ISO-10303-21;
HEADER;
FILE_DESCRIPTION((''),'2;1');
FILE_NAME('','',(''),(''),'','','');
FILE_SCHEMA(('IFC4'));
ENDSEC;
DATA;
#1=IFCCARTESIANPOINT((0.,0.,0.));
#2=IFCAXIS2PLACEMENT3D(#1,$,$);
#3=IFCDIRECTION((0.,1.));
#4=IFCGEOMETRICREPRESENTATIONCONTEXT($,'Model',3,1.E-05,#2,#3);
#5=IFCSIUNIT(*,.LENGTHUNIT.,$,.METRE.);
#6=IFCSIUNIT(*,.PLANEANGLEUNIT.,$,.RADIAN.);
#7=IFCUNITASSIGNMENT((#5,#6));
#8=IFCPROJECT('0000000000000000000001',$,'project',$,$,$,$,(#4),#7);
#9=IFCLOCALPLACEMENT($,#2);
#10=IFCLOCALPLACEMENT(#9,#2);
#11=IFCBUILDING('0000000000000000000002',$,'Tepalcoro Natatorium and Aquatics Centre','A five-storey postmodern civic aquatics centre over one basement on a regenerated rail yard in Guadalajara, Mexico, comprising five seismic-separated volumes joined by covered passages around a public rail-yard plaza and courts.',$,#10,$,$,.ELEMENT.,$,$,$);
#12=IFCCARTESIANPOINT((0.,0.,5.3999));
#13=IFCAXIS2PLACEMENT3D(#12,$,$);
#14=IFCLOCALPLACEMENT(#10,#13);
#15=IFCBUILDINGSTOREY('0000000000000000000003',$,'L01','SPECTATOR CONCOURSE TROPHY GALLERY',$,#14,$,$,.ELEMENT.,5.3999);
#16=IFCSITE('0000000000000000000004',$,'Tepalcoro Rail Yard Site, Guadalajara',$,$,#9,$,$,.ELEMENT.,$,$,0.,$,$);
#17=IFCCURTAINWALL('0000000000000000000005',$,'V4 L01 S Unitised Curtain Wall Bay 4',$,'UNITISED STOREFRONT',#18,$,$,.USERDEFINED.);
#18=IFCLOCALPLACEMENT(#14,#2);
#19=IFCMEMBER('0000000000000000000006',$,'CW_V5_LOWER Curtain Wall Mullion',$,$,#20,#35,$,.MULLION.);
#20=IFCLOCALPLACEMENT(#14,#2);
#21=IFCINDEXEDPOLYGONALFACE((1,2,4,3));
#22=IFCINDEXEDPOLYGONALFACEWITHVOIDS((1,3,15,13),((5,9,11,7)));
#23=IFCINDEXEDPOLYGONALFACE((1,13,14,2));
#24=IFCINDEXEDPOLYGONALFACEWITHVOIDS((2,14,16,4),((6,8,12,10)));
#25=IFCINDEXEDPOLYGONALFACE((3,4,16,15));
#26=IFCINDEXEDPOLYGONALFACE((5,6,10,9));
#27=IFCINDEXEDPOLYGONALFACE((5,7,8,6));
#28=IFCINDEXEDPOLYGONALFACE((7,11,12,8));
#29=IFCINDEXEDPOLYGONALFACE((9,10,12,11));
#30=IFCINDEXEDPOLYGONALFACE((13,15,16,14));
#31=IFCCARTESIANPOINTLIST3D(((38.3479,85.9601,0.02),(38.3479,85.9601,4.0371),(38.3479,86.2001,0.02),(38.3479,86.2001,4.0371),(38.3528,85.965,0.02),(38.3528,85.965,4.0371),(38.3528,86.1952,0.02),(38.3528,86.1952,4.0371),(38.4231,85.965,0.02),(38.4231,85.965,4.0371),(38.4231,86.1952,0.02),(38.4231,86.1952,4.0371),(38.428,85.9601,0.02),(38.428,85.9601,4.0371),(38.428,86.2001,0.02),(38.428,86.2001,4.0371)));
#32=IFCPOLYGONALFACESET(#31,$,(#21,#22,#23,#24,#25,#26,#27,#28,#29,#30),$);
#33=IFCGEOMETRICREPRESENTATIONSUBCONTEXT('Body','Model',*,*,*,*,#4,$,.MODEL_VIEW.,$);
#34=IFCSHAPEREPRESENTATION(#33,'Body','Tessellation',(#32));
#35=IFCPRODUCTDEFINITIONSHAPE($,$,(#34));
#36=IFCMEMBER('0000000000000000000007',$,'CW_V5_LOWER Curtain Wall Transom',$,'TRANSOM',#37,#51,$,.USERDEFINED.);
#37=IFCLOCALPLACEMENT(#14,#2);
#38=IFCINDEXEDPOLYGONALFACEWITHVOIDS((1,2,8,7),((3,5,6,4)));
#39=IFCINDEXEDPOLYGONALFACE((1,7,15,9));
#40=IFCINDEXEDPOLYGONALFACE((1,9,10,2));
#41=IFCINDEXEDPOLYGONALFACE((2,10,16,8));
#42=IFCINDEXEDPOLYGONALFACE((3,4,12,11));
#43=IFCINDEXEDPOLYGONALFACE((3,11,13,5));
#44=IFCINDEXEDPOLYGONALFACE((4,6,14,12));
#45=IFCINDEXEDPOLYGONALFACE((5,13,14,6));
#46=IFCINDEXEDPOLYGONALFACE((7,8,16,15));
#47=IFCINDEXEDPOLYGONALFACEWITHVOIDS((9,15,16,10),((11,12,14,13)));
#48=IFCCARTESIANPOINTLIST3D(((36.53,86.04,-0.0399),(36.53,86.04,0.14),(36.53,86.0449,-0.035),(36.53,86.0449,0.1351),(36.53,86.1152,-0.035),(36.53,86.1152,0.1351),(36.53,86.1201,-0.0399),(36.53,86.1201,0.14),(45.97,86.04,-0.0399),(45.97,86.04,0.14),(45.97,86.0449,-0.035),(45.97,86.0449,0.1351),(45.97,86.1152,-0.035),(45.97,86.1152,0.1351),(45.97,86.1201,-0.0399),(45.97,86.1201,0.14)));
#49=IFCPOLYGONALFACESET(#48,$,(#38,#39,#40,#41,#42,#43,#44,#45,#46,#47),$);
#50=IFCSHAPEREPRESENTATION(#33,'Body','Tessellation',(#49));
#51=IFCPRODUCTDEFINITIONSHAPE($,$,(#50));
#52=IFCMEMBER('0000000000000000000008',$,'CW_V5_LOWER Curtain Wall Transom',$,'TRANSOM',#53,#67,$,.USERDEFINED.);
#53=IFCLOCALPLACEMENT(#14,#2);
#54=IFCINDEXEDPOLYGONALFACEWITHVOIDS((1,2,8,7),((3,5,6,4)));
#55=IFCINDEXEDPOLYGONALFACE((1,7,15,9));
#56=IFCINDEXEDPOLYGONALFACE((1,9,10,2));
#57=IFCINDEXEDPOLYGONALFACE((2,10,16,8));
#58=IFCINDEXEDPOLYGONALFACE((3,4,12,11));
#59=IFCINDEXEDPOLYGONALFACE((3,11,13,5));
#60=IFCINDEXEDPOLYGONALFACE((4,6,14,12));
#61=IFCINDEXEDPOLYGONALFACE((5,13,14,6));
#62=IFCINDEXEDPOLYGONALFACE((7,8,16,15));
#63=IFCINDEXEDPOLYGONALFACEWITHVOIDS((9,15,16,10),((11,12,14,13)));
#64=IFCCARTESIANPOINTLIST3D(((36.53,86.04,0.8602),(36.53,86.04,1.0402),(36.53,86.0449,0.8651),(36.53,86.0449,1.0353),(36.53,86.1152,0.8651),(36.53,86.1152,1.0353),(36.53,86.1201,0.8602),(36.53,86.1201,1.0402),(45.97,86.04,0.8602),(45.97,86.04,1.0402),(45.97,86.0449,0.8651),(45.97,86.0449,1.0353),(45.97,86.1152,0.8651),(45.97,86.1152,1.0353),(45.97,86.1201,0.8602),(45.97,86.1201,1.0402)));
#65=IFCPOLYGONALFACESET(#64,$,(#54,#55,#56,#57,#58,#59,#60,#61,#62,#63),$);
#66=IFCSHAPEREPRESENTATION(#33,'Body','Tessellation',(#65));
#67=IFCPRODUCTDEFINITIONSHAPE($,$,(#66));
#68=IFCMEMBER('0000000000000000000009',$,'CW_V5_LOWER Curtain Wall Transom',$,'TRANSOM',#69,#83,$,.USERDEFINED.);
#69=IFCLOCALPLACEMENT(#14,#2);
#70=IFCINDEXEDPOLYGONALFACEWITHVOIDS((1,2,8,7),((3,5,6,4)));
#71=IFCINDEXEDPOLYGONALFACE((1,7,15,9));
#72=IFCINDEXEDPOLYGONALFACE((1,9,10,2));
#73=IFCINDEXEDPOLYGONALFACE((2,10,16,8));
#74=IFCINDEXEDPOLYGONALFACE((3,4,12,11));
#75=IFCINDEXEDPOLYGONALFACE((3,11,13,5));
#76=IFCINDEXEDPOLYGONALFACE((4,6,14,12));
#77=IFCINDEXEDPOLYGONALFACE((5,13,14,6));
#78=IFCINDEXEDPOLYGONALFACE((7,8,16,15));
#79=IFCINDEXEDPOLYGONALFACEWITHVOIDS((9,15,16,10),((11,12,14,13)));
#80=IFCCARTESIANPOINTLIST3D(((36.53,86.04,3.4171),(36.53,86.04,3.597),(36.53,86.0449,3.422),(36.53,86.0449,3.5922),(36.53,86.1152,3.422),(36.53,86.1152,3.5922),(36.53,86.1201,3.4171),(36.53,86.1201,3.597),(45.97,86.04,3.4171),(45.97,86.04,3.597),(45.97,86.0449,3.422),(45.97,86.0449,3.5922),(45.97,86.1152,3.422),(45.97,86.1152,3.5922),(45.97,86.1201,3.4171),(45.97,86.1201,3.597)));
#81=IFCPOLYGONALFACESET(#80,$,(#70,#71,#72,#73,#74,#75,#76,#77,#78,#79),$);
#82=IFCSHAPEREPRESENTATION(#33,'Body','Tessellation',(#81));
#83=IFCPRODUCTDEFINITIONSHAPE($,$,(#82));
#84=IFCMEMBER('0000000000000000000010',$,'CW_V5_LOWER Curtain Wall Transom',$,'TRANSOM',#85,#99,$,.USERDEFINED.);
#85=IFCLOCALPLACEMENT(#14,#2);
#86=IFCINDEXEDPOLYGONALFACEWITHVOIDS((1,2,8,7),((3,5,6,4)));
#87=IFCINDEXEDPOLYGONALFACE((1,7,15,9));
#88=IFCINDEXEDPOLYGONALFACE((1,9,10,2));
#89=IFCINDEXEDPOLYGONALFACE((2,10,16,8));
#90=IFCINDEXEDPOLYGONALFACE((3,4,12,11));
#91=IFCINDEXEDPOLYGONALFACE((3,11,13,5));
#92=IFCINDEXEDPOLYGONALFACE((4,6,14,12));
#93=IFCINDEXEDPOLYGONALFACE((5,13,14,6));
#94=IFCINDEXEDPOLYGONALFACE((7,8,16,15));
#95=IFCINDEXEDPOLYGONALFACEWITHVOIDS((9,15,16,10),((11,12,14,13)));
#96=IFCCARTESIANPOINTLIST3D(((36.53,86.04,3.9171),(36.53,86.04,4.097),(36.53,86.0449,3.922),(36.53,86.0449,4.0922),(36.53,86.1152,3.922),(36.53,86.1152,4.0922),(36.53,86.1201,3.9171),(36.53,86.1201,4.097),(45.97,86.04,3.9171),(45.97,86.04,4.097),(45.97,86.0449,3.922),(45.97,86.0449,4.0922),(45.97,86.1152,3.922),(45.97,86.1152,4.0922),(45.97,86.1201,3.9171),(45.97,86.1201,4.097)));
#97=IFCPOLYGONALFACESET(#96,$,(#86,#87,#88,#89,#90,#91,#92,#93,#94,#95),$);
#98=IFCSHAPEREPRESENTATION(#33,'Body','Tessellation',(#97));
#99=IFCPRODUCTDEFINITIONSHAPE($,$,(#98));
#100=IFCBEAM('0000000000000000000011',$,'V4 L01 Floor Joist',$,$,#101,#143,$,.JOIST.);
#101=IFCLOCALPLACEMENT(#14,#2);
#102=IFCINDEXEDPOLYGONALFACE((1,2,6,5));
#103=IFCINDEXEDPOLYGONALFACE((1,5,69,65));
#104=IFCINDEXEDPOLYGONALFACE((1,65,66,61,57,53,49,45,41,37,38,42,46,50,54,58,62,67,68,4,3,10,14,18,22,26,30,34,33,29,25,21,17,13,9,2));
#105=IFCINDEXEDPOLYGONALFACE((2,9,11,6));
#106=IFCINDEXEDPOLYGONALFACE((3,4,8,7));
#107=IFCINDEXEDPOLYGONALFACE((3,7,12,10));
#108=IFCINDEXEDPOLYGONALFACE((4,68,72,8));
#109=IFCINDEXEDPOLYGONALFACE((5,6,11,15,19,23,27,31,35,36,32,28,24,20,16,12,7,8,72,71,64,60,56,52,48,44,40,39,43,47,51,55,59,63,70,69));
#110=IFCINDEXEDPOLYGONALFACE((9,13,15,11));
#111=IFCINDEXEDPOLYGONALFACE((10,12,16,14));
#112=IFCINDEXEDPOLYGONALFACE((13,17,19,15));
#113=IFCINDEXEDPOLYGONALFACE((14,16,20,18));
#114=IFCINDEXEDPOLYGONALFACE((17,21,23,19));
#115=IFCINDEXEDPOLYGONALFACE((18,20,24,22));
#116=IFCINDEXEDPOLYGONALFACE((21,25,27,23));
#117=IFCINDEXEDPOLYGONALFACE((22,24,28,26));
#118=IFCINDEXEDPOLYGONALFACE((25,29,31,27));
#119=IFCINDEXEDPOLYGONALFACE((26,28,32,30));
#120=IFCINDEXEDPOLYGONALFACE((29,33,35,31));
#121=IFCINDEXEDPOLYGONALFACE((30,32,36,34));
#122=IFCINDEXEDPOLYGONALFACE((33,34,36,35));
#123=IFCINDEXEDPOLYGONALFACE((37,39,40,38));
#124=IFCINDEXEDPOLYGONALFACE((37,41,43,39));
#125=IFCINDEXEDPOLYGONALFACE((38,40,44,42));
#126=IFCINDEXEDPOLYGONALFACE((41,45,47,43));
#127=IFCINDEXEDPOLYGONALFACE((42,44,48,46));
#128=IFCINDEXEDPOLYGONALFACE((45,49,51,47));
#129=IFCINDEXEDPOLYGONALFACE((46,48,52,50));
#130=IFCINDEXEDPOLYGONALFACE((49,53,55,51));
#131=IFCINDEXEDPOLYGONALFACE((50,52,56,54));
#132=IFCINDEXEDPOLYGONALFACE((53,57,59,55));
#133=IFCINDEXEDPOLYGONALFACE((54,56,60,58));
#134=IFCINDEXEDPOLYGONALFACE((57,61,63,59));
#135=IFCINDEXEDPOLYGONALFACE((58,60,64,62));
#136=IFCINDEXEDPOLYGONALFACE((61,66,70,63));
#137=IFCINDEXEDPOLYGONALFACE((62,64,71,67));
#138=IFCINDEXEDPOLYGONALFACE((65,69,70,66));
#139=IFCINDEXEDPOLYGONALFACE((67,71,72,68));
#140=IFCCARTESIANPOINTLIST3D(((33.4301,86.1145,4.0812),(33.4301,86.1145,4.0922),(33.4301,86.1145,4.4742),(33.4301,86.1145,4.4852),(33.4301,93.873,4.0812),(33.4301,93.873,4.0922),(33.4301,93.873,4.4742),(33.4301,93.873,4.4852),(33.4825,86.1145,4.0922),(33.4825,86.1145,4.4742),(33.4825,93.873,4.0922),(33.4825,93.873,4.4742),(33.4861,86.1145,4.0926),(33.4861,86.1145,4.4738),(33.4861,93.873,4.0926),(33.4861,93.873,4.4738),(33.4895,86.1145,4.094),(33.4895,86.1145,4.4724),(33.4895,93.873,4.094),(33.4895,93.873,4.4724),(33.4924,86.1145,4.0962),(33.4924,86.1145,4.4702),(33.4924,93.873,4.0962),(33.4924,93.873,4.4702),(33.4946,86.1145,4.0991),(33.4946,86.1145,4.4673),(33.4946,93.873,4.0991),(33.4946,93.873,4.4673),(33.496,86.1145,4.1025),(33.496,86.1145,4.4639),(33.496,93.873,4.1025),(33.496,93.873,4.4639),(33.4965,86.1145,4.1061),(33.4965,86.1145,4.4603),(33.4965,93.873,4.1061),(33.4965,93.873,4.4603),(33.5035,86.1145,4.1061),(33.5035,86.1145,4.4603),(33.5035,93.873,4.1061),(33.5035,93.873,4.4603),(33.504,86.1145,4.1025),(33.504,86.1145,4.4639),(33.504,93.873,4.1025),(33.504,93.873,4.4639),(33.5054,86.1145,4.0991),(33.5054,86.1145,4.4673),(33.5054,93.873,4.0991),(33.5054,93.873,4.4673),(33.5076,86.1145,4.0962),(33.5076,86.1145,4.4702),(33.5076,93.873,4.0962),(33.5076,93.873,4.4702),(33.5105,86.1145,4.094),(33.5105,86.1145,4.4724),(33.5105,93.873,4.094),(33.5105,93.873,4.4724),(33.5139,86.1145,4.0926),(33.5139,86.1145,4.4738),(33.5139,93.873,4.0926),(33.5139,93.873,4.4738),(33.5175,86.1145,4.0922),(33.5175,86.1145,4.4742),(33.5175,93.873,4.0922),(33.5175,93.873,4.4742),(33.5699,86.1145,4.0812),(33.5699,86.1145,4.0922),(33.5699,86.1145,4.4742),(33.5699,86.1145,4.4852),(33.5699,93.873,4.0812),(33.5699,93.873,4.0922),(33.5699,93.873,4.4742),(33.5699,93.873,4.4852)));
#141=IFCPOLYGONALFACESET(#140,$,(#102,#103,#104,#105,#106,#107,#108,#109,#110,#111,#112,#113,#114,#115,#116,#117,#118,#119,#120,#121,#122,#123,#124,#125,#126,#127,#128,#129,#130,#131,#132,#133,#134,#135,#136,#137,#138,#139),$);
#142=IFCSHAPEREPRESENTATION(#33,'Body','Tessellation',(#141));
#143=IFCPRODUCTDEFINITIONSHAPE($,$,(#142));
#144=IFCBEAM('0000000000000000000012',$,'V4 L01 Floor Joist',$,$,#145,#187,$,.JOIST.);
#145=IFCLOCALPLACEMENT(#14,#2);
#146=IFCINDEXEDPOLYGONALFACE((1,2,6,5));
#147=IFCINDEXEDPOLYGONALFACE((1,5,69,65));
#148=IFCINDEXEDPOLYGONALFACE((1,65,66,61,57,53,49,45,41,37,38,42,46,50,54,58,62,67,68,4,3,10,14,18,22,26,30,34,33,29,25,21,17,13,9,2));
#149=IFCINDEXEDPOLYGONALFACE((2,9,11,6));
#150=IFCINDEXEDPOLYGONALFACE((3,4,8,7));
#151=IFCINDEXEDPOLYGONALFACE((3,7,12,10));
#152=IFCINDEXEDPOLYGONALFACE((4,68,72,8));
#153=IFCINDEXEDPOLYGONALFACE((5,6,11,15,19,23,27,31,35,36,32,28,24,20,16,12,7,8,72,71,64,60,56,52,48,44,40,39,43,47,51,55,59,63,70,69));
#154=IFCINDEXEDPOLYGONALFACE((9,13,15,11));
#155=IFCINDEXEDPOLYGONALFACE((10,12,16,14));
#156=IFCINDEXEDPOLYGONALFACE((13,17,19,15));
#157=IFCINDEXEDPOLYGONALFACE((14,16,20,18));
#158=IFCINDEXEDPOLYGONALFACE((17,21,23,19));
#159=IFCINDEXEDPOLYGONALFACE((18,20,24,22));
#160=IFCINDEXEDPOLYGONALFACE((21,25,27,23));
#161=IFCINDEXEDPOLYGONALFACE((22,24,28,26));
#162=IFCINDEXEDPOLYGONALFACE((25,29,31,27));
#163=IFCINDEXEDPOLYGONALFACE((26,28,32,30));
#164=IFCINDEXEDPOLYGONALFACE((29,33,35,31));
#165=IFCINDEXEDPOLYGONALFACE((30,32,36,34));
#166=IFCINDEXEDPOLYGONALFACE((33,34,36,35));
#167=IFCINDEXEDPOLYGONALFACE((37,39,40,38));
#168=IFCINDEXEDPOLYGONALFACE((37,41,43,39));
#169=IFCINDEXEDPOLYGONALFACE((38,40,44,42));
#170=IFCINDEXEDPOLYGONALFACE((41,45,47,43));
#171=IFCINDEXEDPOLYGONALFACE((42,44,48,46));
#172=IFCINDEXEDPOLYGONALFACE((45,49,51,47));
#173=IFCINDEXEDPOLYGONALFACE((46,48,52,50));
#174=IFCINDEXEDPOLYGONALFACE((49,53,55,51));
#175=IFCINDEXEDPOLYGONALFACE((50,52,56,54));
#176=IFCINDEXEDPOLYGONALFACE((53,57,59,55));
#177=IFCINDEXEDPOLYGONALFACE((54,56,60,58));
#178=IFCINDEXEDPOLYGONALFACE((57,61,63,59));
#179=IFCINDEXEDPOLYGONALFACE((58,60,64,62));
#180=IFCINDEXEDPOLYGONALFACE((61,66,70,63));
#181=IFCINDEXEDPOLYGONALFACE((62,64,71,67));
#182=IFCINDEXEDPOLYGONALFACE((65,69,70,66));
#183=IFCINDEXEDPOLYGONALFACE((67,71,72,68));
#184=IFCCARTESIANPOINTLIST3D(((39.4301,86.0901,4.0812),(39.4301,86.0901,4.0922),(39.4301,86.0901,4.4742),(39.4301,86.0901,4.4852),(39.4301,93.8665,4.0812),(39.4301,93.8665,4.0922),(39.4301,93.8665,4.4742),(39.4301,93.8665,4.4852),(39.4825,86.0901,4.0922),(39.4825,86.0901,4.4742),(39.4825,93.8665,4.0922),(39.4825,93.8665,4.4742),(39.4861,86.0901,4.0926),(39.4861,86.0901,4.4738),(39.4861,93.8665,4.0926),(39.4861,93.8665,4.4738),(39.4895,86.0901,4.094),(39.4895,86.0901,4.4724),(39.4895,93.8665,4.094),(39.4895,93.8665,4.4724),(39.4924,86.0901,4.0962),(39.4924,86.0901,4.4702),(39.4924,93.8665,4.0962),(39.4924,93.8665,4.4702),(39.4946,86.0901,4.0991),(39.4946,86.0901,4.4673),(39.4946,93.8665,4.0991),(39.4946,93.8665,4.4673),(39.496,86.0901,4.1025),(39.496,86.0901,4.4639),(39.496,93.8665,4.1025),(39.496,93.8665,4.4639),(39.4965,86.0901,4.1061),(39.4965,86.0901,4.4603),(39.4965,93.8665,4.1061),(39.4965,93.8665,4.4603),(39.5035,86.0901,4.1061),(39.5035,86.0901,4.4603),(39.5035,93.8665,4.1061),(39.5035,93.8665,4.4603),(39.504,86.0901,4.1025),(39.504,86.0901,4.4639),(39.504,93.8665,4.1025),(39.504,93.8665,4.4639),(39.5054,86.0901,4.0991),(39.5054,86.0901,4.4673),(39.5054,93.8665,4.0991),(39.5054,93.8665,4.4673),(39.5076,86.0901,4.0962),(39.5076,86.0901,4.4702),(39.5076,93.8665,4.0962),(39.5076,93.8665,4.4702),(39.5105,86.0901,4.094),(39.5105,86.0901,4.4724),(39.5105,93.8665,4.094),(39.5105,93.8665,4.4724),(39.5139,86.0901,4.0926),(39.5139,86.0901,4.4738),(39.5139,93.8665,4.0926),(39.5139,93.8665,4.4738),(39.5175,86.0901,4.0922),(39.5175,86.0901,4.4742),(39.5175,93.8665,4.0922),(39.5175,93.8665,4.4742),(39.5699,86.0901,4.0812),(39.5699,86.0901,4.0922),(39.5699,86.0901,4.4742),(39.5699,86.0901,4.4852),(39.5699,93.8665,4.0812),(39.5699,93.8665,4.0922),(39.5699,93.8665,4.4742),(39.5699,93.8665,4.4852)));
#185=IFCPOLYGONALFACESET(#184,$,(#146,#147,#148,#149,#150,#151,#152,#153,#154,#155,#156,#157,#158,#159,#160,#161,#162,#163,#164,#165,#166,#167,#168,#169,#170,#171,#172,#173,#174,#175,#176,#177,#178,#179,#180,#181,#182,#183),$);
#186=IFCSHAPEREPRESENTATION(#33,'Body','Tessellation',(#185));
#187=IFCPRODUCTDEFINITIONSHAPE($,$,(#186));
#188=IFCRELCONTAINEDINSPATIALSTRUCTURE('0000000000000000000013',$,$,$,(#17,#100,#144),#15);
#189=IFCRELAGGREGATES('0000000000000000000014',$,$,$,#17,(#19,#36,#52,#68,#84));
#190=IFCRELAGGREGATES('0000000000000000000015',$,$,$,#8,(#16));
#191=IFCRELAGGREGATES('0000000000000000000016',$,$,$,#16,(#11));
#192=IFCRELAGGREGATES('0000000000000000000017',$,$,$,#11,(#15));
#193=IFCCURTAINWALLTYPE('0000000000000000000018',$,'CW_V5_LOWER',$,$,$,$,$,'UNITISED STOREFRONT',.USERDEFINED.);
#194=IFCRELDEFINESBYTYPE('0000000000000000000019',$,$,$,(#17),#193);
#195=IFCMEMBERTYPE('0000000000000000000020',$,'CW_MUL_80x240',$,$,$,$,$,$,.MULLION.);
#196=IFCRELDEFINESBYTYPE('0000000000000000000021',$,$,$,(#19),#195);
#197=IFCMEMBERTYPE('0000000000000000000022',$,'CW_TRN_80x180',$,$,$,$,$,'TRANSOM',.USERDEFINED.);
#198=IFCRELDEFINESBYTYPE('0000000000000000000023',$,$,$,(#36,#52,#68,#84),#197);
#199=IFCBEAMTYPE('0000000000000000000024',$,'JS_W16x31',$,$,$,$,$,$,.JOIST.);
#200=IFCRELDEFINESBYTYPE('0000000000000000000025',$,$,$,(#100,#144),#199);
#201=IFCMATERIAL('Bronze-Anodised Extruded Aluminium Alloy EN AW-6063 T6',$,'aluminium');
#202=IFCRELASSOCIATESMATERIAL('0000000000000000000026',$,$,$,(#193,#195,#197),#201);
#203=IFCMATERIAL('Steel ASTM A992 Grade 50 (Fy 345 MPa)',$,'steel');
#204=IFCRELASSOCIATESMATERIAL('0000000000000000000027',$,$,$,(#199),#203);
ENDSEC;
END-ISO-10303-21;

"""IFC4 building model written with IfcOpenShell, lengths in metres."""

from ifc_helpers import new_model, si_unit, direction, frame, origin, origin_2d, place, context, subcontext, project, spatial, hollow_rectangle, i_section, extrude, material, material_profile, profile_set, type_object, element, aggregate, save


model = new_model("IFC4")

# Units and contexts
model_context = context("Model", 3, precision=1e-05, world=origin(), true_north=direction((0.0, 1.0)))
body_context = subcontext(model_context, "Body", "Model", "MODEL_VIEW")
ifc_project = project(units=[si_unit("LENGTHUNIT", "METRE"), si_unit("PLANEANGLEUNIT", "RADIAN")], contexts=[model_context])

# Site, building, storey
site_placement = place(None, origin())
site = spatial("IfcSite", under=ifc_project, at=site_placement, Name="Tepalcoro Rail Yard Site, Guadalajara", CompositionType="ELEMENT", RefElevation=0.0)
building_placement = place(site_placement, origin())
building = spatial("IfcBuilding", under=site, at=building_placement, Name="Tepalcoro Natatorium and Aquatics Centre", Description="A five-storey postmodern civic aquatics centre over one basement on a regenerated rail yard in Guadalajara, Mexico, comprising five seismic-separated volumes joined by covered passages around a public rail-yard plaza and courts.", CompositionType="ELEMENT")
storey_placement = place(building_placement, frame((0.0, 0.0, 5.3999)))
storey = spatial("IfcBuildingStorey", under=building, at=storey_placement, Name="L01", Description="SPECTATOR CONCOURSE TROPHY GALLERY", CompositionType="ELEMENT", Elevation=5.3999)

# Shared definitions
ifc_material_1 = material(Name="Steel ASTM A992 Grade 50 (Fy 345 MPa)", Category="steel")

# Curtain wall, members
ifc_material_2 = material(Name="Bronze-Anodised Extruded Aluminium Alloy EN AW-6063 T6", Category="aluminium")
curtain_wall_type_1 = type_object("IfcCurtainWallType", Name="CW_V5_LOWER", ElementType="UNITISED STOREFRONT", PredefinedType="USERDEFINED", material=ifc_material_2)
curtain_wall_1_placement = place(storey_placement, origin())
curtain_wall_1 = element("IfcCurtainWall", 1, at=curtain_wall_1_placement, inside=storey, type_object=curtain_wall_type_1, Name="V4 L01 S Unitised Curtain Wall Bay 4", ObjectType="UNITISED STOREFRONT", PredefinedType="USERDEFINED")
ifc_material_profile_1 = material_profile(ifc_material_2, hollow_rectangle(XDim=0.0801, YDim=0.24, WallThickness=0.0049, at=origin_2d()), Name="AL80X240X5")
ifc_profile_set_1 = profile_set([ifc_material_profile_1], Name="Bronze-Anodised Extruded Aluminium Alloy EN AW-6063 T6")
member_type_1 = type_object("IfcMemberType", Name="CW_MUL_80x240", PredefinedType="MULLION", material=ifc_profile_set_1)
member_1_placement = place(storey_placement, frame((38.3879, 86.0801, 0.02), z_axis=(0.0, 0.0, 1.0), x_axis=(1.0, 0.0, 0.0)))
member_1 = element("IfcMember", 2, at=member_1_placement, type_object=member_type_1, Name="CW_V5_LOWER Curtain Wall Mullion", PredefinedType="MULLION", context=body_context, shape_type="SweptSolid", body=[
    extrude(hollow_rectangle(XDim=0.0801, YDim=0.24, WallThickness=0.0049, at=origin_2d()), origin(), (0.0, 0.0, 1.0), 4.0171),
])
ifc_material_profile_2 = material_profile(ifc_material_2, hollow_rectangle(XDim=0.0801, YDim=0.1799, WallThickness=0.0049, at=origin_2d()), Name="AL80X180X5")
ifc_profile_set_2 = profile_set([ifc_material_profile_2], Name="Bronze-Anodised Extruded Aluminium Alloy EN AW-6063 T6")
member_type_2 = type_object("IfcMemberType", Name="CW_TRN_80x180", ElementType="TRANSOM", PredefinedType="USERDEFINED", material=ifc_profile_set_2)
member_2_placement = place(storey_placement, frame((36.53, 86.0801, 0.05), z_axis=(1.0, 0.0, 0.0), x_axis=(0.0, 1.0, 0.0)))
member_2 = element("IfcMember", 3, at=member_2_placement, type_object=member_type_2, Name="CW_V5_LOWER Curtain Wall Transom", ObjectType="TRANSOM", PredefinedType="USERDEFINED", context=body_context, shape_type="SweptSolid", body=[
    extrude(hollow_rectangle(XDim=0.0801, YDim=0.1799, WallThickness=0.0049, at=origin_2d()), origin(), (0.0, 0.0, 1.0), 9.4399),
])
member_3_placement = place(storey_placement, frame((36.53, 86.0801, 0.9502), z_axis=(1.0, 0.0, 0.0), x_axis=(0.0, 1.0, 0.0)))
member_3 = element("IfcMember", 4, at=member_3_placement, type_object=member_type_2, Name="CW_V5_LOWER Curtain Wall Transom", ObjectType="TRANSOM", PredefinedType="USERDEFINED", context=body_context, shape_type="SweptSolid", body=[
    extrude(hollow_rectangle(XDim=0.0801, YDim=0.1799, WallThickness=0.0049, at=origin_2d()), origin(), (0.0, 0.0, 1.0), 9.4399),
])
member_4_placement = place(storey_placement, frame((36.53, 86.0801, 3.5071), z_axis=(1.0, 0.0, 0.0), x_axis=(0.0, 1.0, 0.0)))
member_4 = element("IfcMember", 5, at=member_4_placement, type_object=member_type_2, Name="CW_V5_LOWER Curtain Wall Transom", ObjectType="TRANSOM", PredefinedType="USERDEFINED", context=body_context, shape_type="SweptSolid", body=[
    extrude(hollow_rectangle(XDim=0.0801, YDim=0.1799, WallThickness=0.0049, at=origin_2d()), origin(), (0.0, 0.0, 1.0), 9.4399),
])
member_5_placement = place(storey_placement, frame((36.53, 86.0801, 4.0071), z_axis=(1.0, 0.0, 0.0), x_axis=(0.0, 1.0, 0.0)))
member_5 = element("IfcMember", 6, at=member_5_placement, type_object=member_type_2, Name="CW_V5_LOWER Curtain Wall Transom", ObjectType="TRANSOM", PredefinedType="USERDEFINED", context=body_context, shape_type="SweptSolid", body=[
    extrude(hollow_rectangle(XDim=0.0801, YDim=0.1799, WallThickness=0.0049, at=origin_2d()), origin(), (0.0, 0.0, 1.0), 9.4399),
])

# Beams
ifc_material_profile_3 = material_profile(ifc_material_1, i_section(OverallWidth=0.1399, OverallDepth=0.4041, WebThickness=0.0071, FlangeThickness=0.011, FilletRadius=0.0139, at=origin_2d()), Name="W16X31")
ifc_profile_set_3 = profile_set([ifc_material_profile_3], Name="Steel ASTM A992 Grade 50 (Fy 345 MPa)")
beam_type_1 = type_object("IfcBeamType", Name="JS_W16x31", PredefinedType="JOIST", material=ifc_profile_set_3)
beam_1_placement = place(storey_placement, frame((33.5, 86.1145, 4.2832), z_axis=(0.0, 1.0, 0.0), x_axis=(-1.0, 0.0, 0.0)))
element("IfcBeam", 7, at=beam_1_placement, inside=storey, type_object=beam_type_1, Name="V4 L01 Floor Joist", PredefinedType="JOIST", context=body_context, shape_type="SweptSolid", body=[
    extrude(i_section(OverallWidth=0.1399, OverallDepth=0.4041, WebThickness=0.0071, FlangeThickness=0.011, FilletRadius=0.0139, at=origin_2d()), origin(), (0.0, 0.0, 1.0), 7.7585),
])
beam_2_placement = place(storey_placement, frame((39.5, 86.0901, 4.2832), z_axis=(0.0, 1.0, 0.0), x_axis=(-1.0, 0.0, 0.0)))
element("IfcBeam", 8, at=beam_2_placement, inside=storey, type_object=beam_type_1, Name="V4 L01 Floor Joist", PredefinedType="JOIST", context=body_context, shape_type="SweptSolid", body=[
    extrude(i_section(OverallWidth=0.1399, OverallDepth=0.4041, WebThickness=0.0071, FlangeThickness=0.011, FilletRadius=0.0139, at=origin_2d()), origin(), (0.0, 0.0, 1.0), 7.7764),
])

aggregate(curtain_wall_1, [member_1, member_2, member_3, member_4, member_5])

save(model, "model.ifc")
